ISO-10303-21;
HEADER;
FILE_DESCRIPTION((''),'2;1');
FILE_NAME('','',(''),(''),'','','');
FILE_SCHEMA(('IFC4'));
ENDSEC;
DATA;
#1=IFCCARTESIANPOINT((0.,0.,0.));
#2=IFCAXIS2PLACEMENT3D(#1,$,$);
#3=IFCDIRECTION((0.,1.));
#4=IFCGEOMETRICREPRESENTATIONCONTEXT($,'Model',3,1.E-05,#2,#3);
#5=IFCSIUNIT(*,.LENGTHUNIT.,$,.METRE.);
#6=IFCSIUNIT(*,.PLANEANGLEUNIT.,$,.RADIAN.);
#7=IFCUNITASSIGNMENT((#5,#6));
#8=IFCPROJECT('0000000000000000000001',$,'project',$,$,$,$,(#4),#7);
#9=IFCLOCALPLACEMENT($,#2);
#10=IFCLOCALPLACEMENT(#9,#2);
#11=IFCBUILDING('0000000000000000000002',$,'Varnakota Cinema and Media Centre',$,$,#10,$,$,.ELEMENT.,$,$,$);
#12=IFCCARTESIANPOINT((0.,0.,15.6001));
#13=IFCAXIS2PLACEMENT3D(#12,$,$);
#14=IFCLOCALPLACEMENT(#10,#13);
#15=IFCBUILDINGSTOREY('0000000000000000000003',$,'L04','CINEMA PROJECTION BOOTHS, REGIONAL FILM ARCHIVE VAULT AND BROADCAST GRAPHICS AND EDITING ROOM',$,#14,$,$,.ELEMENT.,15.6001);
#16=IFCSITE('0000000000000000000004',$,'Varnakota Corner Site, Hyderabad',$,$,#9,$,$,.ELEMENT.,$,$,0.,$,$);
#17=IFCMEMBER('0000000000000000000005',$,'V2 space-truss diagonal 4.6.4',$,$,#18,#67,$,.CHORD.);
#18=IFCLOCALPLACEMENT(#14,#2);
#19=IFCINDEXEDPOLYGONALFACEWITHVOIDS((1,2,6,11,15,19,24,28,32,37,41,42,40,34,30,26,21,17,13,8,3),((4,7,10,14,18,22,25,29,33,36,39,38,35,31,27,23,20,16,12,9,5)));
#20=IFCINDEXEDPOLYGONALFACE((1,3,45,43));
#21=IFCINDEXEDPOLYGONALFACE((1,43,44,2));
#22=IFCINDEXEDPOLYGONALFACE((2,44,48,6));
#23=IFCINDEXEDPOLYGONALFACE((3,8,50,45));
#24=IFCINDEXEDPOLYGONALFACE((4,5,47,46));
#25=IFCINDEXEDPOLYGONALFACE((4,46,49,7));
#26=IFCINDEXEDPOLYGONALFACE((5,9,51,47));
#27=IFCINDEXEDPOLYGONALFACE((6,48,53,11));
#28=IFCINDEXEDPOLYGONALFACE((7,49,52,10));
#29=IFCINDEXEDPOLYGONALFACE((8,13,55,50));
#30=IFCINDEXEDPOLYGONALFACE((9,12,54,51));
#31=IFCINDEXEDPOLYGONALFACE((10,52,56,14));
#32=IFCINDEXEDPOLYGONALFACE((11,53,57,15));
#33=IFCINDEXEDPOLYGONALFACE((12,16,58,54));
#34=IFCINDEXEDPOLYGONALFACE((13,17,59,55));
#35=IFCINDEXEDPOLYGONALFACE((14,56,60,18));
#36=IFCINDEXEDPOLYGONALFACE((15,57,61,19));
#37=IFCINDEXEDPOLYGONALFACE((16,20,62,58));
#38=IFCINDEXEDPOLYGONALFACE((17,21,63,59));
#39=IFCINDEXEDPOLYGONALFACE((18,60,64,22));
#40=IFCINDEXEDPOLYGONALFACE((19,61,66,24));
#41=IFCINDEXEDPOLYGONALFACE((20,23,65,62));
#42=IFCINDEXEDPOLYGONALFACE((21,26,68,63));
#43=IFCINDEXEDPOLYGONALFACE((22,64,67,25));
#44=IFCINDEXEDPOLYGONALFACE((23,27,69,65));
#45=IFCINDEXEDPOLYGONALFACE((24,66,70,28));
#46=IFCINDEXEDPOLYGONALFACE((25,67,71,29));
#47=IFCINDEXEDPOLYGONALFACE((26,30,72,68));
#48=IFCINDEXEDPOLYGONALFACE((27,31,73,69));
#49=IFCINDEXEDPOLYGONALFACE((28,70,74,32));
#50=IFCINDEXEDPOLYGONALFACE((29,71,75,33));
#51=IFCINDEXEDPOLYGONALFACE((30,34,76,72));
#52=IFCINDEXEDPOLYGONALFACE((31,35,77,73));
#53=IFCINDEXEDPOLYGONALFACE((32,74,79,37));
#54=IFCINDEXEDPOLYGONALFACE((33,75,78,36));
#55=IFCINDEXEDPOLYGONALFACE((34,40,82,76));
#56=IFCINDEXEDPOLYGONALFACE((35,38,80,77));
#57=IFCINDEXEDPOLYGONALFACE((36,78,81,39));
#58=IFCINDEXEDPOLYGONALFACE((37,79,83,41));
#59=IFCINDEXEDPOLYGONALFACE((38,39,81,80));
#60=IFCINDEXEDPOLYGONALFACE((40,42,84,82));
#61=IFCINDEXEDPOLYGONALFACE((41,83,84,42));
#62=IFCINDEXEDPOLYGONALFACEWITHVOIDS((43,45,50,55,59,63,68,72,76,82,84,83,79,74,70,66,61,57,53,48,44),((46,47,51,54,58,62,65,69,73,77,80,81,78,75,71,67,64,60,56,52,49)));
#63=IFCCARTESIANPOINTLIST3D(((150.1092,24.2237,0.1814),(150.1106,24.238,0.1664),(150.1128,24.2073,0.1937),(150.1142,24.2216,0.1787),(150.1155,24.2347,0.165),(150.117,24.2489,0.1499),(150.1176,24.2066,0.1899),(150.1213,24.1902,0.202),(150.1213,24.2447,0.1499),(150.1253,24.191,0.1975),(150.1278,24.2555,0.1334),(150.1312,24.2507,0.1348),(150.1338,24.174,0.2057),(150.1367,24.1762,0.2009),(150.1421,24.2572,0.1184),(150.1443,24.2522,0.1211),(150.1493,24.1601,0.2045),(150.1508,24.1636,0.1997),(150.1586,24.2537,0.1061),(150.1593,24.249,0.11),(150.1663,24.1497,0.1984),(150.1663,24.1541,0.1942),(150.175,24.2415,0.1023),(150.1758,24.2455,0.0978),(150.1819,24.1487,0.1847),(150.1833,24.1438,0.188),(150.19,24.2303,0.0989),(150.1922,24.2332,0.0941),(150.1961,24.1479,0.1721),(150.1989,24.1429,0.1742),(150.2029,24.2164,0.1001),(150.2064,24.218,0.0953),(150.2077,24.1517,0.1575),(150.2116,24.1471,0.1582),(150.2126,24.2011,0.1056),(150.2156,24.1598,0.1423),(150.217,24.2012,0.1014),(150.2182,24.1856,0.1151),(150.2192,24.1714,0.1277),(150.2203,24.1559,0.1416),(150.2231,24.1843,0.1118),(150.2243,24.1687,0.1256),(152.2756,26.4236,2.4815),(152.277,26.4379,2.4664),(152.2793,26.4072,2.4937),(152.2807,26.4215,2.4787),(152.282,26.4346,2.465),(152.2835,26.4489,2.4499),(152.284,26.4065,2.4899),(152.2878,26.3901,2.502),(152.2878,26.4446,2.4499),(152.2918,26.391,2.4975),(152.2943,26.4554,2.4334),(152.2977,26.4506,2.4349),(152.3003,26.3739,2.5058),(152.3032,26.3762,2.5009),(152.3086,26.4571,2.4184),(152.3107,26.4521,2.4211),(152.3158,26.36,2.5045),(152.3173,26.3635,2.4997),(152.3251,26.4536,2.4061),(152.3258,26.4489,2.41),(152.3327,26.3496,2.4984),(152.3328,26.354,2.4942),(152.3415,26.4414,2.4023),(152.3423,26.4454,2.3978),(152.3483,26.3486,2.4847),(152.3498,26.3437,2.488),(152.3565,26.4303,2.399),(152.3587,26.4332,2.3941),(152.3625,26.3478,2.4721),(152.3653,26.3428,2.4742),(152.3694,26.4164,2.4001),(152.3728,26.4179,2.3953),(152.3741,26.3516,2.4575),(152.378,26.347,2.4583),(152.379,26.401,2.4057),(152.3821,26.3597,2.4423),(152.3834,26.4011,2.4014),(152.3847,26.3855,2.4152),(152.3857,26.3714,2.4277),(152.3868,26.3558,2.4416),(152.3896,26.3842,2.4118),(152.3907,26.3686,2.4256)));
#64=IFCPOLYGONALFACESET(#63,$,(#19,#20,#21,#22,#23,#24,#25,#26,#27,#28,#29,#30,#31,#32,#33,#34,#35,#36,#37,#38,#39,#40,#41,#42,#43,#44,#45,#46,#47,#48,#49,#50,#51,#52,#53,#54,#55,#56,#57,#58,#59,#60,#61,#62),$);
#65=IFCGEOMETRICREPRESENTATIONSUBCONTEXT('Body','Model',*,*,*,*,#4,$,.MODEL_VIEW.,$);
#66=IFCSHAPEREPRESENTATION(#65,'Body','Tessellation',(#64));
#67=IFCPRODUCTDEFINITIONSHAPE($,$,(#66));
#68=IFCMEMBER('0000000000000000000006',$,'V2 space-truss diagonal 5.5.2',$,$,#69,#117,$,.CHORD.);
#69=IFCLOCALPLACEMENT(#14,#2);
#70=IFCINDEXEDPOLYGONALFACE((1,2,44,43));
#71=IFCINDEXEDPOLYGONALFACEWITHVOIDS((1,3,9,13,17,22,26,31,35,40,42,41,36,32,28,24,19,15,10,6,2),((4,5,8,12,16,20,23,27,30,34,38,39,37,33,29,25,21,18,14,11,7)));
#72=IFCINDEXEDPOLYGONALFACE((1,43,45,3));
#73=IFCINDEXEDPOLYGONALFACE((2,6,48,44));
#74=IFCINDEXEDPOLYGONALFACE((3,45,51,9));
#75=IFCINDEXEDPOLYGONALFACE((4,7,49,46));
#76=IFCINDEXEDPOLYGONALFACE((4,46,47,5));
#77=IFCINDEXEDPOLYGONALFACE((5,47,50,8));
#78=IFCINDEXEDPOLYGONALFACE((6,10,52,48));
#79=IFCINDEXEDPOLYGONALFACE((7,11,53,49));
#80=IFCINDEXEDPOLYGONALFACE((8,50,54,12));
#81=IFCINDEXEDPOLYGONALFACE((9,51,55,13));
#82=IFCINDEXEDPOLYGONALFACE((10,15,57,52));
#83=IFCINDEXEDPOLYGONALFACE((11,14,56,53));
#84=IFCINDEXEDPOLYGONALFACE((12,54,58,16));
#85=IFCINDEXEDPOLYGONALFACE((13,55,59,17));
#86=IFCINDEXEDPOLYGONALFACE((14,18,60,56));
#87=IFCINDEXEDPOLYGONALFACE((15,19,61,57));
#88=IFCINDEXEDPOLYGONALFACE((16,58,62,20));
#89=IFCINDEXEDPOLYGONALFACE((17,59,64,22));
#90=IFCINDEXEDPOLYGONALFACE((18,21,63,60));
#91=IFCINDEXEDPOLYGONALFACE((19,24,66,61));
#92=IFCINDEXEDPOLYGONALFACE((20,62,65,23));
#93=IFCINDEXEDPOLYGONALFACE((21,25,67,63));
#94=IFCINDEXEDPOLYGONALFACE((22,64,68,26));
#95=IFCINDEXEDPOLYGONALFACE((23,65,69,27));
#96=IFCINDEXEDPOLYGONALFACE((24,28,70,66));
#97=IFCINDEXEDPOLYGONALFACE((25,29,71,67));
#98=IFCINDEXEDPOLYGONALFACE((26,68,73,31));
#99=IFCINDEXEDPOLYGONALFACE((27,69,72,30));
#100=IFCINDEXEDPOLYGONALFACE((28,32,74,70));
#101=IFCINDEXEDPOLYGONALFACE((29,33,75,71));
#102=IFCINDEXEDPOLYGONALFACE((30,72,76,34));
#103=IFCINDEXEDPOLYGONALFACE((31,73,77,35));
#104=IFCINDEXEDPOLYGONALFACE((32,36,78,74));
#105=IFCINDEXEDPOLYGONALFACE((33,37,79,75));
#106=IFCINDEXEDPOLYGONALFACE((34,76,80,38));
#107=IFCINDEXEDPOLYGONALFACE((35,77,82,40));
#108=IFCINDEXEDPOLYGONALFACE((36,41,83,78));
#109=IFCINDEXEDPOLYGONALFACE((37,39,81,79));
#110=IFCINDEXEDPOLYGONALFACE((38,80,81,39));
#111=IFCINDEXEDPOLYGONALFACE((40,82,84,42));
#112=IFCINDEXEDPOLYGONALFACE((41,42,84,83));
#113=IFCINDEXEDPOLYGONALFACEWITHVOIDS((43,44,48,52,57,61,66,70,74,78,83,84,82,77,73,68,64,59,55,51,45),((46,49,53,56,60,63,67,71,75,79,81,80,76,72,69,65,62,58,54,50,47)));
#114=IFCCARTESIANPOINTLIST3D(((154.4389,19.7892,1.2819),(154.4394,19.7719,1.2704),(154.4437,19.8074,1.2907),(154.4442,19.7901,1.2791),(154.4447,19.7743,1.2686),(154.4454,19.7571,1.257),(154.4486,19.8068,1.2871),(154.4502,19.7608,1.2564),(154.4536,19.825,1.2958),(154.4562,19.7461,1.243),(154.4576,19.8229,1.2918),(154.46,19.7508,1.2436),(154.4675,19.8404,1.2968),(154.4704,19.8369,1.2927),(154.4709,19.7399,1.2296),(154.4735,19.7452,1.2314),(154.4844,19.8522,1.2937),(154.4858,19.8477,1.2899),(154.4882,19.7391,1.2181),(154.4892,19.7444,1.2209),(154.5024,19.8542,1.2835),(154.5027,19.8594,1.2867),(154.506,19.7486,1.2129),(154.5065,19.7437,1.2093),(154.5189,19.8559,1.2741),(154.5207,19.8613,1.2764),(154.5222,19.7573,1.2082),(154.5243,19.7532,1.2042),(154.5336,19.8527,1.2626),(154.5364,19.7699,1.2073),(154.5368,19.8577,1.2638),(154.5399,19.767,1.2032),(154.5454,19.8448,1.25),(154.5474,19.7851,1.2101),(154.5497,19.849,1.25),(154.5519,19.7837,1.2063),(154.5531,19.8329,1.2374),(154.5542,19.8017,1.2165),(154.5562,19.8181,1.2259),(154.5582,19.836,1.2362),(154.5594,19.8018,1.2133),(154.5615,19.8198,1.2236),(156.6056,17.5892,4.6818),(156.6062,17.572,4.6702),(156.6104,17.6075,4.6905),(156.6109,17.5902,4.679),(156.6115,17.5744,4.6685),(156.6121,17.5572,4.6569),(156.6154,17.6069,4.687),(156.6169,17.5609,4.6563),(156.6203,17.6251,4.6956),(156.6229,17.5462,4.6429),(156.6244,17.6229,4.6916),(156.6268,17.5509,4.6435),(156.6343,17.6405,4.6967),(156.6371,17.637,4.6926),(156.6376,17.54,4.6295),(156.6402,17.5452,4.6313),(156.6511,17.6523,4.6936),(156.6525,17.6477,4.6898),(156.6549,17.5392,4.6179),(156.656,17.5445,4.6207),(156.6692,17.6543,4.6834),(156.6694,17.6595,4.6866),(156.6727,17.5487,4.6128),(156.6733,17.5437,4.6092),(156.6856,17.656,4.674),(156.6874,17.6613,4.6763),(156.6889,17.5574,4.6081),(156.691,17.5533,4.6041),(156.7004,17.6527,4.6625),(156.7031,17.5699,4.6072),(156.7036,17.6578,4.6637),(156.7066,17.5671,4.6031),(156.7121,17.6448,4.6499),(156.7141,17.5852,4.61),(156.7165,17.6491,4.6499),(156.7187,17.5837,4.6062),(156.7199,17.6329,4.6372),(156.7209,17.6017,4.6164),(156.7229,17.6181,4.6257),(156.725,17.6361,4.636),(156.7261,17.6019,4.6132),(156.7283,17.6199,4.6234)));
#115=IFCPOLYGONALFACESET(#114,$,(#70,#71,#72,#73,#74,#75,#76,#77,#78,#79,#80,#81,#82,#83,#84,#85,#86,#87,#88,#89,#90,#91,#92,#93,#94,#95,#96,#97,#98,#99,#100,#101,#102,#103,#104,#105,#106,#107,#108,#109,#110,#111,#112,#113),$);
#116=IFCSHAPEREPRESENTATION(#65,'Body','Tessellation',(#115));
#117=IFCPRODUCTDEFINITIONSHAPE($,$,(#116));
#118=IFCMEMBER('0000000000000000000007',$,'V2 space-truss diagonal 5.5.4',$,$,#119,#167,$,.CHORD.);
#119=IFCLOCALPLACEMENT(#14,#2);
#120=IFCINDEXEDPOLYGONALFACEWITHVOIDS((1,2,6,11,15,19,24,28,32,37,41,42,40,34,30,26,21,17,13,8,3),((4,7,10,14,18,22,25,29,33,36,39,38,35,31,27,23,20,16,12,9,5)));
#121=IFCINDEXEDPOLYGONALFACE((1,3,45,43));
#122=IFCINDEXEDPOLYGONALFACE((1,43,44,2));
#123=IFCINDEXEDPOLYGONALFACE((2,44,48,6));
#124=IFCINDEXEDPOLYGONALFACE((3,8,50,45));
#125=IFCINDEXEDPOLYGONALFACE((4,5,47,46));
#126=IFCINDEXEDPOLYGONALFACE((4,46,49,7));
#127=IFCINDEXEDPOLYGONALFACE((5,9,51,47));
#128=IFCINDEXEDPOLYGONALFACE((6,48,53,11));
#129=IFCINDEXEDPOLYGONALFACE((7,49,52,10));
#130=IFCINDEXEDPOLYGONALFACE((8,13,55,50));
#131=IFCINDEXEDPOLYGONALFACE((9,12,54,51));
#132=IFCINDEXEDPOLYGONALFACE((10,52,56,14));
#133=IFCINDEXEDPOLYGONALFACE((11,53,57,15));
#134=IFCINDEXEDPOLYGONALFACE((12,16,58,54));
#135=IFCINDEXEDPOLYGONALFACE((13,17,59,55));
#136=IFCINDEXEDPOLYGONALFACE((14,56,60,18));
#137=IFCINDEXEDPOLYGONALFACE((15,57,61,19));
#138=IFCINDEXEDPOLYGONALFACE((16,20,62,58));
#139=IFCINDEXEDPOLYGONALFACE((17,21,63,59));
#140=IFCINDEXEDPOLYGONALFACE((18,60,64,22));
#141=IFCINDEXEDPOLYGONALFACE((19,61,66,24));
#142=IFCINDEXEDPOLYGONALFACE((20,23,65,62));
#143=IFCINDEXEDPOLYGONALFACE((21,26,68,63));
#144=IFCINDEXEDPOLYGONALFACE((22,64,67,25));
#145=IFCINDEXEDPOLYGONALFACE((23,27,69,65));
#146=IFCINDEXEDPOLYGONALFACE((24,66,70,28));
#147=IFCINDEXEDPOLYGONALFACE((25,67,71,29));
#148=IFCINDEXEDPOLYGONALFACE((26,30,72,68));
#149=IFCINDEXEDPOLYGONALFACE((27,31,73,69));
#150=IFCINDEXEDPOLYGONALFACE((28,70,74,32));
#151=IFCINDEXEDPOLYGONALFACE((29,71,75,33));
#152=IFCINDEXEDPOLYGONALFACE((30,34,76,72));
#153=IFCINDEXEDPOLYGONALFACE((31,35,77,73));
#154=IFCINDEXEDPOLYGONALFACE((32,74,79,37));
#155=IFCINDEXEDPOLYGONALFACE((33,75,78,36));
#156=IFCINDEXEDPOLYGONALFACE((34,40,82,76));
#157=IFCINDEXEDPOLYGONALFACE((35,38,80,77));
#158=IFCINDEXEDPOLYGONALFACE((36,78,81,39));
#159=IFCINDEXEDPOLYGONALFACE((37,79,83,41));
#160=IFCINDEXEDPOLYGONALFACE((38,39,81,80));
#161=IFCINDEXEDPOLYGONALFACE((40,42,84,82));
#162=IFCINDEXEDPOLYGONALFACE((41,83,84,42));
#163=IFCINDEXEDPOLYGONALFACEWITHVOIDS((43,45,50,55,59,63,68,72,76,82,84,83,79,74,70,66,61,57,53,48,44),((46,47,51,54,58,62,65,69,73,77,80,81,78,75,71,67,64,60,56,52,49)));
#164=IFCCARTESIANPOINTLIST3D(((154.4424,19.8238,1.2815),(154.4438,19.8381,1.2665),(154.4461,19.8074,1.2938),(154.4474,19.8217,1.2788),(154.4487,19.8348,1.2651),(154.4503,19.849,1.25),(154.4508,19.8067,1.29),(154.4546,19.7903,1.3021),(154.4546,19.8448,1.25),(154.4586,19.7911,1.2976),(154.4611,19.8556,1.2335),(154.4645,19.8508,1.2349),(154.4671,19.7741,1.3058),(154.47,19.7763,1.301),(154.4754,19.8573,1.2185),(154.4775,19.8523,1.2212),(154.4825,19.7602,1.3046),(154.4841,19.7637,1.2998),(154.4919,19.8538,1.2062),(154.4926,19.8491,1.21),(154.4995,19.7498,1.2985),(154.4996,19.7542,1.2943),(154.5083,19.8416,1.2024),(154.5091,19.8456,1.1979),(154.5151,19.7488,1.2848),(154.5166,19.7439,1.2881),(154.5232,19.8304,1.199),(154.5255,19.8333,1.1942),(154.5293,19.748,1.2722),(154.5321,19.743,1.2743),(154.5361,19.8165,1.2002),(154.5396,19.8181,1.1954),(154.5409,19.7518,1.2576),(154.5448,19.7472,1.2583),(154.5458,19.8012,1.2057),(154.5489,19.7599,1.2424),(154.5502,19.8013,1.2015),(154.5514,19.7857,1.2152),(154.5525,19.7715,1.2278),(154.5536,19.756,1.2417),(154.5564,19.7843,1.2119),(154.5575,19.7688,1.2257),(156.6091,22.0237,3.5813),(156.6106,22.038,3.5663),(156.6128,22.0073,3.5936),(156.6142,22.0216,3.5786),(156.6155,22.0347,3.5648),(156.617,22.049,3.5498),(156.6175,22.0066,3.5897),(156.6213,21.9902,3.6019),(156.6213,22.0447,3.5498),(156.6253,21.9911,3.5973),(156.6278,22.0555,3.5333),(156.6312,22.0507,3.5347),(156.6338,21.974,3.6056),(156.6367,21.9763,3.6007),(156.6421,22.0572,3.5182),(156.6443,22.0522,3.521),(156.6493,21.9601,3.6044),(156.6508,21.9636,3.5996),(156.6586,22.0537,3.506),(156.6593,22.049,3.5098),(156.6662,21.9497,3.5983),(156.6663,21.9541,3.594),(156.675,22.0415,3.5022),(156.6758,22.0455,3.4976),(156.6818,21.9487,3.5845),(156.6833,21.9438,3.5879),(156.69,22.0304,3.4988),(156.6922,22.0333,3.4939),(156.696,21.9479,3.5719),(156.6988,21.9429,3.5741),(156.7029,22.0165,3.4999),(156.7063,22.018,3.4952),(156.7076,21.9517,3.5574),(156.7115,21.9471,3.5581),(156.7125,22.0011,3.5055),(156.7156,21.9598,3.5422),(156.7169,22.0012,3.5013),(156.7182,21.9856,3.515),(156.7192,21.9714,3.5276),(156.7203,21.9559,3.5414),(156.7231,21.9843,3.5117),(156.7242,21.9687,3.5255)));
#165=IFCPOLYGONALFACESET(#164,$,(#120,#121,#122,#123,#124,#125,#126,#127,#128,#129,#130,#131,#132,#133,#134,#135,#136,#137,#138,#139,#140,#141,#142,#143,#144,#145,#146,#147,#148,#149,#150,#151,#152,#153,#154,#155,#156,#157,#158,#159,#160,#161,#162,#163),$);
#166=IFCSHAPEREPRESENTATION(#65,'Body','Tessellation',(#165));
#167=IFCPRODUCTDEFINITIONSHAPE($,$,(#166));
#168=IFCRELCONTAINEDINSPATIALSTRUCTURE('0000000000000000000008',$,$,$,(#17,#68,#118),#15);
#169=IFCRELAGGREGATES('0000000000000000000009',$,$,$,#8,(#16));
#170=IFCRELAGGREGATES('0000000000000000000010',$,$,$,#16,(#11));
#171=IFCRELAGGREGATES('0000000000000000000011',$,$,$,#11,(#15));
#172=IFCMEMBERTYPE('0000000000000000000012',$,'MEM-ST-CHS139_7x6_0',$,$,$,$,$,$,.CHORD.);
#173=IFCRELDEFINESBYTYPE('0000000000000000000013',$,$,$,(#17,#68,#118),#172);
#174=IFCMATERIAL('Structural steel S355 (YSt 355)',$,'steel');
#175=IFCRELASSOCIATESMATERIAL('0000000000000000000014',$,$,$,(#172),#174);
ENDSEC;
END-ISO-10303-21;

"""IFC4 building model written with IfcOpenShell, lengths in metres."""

from ifc_helpers import new_model, si_unit, direction, frame, origin, origin_2d, place, context, subcontext, project, spatial, hollow_circle, extrude, material, material_profile, profile_set, type_object, element, save


model = new_model("IFC4")

# Units and contexts
model_context = context("Model", 3, precision=1e-05, world=origin(), true_north=direction((0.0, 1.0)))
body_context = subcontext(model_context, "Body", "Model", "MODEL_VIEW")
ifc_project = project(units=[si_unit("LENGTHUNIT", "METRE"), si_unit("PLANEANGLEUNIT", "RADIAN")], contexts=[model_context])

# Site, building, storey
site_placement = place(None, origin())
site = spatial("IfcSite", under=ifc_project, at=site_placement, Name="Varnakota Corner Site, Hyderabad", CompositionType="ELEMENT", RefElevation=0.0)
building_placement = place(site_placement, origin())
building = spatial("IfcBuilding", under=site, at=building_placement, Name="Varnakota Cinema and Media Centre", CompositionType="ELEMENT")
storey_placement = place(building_placement, frame((0.0, 0.0, 15.6001)))
storey = spatial("IfcBuildingStorey", under=building, at=storey_placement, Name="L04", Description="CINEMA PROJECTION BOOTHS, REGIONAL FILM ARCHIVE VAULT AND BROADCAST GRAPHICS AND EDITING ROOM", CompositionType="ELEMENT", Elevation=15.6001)

# Members
ifc_material_1 = material(Name="Structural steel S355 (YSt 355)", Category="steel")
ifc_material_profile_1 = material_profile(ifc_material_1, hollow_circle(Radius=0.0698, WallThickness=0.0061, at=origin_2d()), Name="CHS 139.7x6.0")
ifc_profile_set_1 = profile_set([ifc_material_profile_1], Name="Structural steel S355 (YSt 355)")
member_type_1 = type_object("IfcMemberType", Name="MEM-ST-CHS139_7x6_0", PredefinedType="CHORD", material=ifc_profile_set_1)
member_1_placement = place(storey_placement, frame((150.1667, 24.2, 0.1499), z_axis=(0.562705, 0.571392, 0.59739), x_axis=(-0.712502, 0.70167, 0.0)))
element("IfcMember", 1, at=member_1_placement, inside=storey, type_object=member_type_1, Name="V2 space-truss diagonal 4.6.4", PredefinedType="CHORD", context=body_context, shape_type="SweptSolid", body=[
    extrude(hollow_circle(Radius=0.0698, WallThickness=0.0061, at=origin_2d()), origin(), (0.0, 0.0, 1.0), 3.8501),
])
member_2_placement = place(storey_placement, frame((154.5, 19.8, 1.25), z_axis=(0.471769, -0.478999, 0.740266), x_axis=(0.712463, 0.70171, 0.0)))
element("IfcMember", 2, at=member_2_placement, inside=storey, type_object=member_type_1, Name="V2 space-truss diagonal 5.5.2", PredefinedType="CHORD", context=body_context, shape_type="SweptSolid", body=[
    extrude(hollow_circle(Radius=0.0698, WallThickness=0.0061, at=origin_2d()), origin(), (0.0, 0.0, 1.0), 4.5928),
])
member_3_placement = place(storey_placement, frame((154.5, 19.8, 1.25), z_axis=(0.562769, 0.571393, 0.597328), x_axis=(-0.712463, 0.70171, 0.0)))
element("IfcMember", 3, at=member_3_placement, inside=storey, type_object=member_type_1, Name="V2 space-truss diagonal 5.5.4", PredefinedType="CHORD", context=body_context, shape_type="SweptSolid", body=[
    extrude(hollow_circle(Radius=0.0698, WallThickness=0.0061, at=origin_2d()), origin(), (0.0, 0.0, 1.0), 3.8501),
])

save(model, "model.ifc")
